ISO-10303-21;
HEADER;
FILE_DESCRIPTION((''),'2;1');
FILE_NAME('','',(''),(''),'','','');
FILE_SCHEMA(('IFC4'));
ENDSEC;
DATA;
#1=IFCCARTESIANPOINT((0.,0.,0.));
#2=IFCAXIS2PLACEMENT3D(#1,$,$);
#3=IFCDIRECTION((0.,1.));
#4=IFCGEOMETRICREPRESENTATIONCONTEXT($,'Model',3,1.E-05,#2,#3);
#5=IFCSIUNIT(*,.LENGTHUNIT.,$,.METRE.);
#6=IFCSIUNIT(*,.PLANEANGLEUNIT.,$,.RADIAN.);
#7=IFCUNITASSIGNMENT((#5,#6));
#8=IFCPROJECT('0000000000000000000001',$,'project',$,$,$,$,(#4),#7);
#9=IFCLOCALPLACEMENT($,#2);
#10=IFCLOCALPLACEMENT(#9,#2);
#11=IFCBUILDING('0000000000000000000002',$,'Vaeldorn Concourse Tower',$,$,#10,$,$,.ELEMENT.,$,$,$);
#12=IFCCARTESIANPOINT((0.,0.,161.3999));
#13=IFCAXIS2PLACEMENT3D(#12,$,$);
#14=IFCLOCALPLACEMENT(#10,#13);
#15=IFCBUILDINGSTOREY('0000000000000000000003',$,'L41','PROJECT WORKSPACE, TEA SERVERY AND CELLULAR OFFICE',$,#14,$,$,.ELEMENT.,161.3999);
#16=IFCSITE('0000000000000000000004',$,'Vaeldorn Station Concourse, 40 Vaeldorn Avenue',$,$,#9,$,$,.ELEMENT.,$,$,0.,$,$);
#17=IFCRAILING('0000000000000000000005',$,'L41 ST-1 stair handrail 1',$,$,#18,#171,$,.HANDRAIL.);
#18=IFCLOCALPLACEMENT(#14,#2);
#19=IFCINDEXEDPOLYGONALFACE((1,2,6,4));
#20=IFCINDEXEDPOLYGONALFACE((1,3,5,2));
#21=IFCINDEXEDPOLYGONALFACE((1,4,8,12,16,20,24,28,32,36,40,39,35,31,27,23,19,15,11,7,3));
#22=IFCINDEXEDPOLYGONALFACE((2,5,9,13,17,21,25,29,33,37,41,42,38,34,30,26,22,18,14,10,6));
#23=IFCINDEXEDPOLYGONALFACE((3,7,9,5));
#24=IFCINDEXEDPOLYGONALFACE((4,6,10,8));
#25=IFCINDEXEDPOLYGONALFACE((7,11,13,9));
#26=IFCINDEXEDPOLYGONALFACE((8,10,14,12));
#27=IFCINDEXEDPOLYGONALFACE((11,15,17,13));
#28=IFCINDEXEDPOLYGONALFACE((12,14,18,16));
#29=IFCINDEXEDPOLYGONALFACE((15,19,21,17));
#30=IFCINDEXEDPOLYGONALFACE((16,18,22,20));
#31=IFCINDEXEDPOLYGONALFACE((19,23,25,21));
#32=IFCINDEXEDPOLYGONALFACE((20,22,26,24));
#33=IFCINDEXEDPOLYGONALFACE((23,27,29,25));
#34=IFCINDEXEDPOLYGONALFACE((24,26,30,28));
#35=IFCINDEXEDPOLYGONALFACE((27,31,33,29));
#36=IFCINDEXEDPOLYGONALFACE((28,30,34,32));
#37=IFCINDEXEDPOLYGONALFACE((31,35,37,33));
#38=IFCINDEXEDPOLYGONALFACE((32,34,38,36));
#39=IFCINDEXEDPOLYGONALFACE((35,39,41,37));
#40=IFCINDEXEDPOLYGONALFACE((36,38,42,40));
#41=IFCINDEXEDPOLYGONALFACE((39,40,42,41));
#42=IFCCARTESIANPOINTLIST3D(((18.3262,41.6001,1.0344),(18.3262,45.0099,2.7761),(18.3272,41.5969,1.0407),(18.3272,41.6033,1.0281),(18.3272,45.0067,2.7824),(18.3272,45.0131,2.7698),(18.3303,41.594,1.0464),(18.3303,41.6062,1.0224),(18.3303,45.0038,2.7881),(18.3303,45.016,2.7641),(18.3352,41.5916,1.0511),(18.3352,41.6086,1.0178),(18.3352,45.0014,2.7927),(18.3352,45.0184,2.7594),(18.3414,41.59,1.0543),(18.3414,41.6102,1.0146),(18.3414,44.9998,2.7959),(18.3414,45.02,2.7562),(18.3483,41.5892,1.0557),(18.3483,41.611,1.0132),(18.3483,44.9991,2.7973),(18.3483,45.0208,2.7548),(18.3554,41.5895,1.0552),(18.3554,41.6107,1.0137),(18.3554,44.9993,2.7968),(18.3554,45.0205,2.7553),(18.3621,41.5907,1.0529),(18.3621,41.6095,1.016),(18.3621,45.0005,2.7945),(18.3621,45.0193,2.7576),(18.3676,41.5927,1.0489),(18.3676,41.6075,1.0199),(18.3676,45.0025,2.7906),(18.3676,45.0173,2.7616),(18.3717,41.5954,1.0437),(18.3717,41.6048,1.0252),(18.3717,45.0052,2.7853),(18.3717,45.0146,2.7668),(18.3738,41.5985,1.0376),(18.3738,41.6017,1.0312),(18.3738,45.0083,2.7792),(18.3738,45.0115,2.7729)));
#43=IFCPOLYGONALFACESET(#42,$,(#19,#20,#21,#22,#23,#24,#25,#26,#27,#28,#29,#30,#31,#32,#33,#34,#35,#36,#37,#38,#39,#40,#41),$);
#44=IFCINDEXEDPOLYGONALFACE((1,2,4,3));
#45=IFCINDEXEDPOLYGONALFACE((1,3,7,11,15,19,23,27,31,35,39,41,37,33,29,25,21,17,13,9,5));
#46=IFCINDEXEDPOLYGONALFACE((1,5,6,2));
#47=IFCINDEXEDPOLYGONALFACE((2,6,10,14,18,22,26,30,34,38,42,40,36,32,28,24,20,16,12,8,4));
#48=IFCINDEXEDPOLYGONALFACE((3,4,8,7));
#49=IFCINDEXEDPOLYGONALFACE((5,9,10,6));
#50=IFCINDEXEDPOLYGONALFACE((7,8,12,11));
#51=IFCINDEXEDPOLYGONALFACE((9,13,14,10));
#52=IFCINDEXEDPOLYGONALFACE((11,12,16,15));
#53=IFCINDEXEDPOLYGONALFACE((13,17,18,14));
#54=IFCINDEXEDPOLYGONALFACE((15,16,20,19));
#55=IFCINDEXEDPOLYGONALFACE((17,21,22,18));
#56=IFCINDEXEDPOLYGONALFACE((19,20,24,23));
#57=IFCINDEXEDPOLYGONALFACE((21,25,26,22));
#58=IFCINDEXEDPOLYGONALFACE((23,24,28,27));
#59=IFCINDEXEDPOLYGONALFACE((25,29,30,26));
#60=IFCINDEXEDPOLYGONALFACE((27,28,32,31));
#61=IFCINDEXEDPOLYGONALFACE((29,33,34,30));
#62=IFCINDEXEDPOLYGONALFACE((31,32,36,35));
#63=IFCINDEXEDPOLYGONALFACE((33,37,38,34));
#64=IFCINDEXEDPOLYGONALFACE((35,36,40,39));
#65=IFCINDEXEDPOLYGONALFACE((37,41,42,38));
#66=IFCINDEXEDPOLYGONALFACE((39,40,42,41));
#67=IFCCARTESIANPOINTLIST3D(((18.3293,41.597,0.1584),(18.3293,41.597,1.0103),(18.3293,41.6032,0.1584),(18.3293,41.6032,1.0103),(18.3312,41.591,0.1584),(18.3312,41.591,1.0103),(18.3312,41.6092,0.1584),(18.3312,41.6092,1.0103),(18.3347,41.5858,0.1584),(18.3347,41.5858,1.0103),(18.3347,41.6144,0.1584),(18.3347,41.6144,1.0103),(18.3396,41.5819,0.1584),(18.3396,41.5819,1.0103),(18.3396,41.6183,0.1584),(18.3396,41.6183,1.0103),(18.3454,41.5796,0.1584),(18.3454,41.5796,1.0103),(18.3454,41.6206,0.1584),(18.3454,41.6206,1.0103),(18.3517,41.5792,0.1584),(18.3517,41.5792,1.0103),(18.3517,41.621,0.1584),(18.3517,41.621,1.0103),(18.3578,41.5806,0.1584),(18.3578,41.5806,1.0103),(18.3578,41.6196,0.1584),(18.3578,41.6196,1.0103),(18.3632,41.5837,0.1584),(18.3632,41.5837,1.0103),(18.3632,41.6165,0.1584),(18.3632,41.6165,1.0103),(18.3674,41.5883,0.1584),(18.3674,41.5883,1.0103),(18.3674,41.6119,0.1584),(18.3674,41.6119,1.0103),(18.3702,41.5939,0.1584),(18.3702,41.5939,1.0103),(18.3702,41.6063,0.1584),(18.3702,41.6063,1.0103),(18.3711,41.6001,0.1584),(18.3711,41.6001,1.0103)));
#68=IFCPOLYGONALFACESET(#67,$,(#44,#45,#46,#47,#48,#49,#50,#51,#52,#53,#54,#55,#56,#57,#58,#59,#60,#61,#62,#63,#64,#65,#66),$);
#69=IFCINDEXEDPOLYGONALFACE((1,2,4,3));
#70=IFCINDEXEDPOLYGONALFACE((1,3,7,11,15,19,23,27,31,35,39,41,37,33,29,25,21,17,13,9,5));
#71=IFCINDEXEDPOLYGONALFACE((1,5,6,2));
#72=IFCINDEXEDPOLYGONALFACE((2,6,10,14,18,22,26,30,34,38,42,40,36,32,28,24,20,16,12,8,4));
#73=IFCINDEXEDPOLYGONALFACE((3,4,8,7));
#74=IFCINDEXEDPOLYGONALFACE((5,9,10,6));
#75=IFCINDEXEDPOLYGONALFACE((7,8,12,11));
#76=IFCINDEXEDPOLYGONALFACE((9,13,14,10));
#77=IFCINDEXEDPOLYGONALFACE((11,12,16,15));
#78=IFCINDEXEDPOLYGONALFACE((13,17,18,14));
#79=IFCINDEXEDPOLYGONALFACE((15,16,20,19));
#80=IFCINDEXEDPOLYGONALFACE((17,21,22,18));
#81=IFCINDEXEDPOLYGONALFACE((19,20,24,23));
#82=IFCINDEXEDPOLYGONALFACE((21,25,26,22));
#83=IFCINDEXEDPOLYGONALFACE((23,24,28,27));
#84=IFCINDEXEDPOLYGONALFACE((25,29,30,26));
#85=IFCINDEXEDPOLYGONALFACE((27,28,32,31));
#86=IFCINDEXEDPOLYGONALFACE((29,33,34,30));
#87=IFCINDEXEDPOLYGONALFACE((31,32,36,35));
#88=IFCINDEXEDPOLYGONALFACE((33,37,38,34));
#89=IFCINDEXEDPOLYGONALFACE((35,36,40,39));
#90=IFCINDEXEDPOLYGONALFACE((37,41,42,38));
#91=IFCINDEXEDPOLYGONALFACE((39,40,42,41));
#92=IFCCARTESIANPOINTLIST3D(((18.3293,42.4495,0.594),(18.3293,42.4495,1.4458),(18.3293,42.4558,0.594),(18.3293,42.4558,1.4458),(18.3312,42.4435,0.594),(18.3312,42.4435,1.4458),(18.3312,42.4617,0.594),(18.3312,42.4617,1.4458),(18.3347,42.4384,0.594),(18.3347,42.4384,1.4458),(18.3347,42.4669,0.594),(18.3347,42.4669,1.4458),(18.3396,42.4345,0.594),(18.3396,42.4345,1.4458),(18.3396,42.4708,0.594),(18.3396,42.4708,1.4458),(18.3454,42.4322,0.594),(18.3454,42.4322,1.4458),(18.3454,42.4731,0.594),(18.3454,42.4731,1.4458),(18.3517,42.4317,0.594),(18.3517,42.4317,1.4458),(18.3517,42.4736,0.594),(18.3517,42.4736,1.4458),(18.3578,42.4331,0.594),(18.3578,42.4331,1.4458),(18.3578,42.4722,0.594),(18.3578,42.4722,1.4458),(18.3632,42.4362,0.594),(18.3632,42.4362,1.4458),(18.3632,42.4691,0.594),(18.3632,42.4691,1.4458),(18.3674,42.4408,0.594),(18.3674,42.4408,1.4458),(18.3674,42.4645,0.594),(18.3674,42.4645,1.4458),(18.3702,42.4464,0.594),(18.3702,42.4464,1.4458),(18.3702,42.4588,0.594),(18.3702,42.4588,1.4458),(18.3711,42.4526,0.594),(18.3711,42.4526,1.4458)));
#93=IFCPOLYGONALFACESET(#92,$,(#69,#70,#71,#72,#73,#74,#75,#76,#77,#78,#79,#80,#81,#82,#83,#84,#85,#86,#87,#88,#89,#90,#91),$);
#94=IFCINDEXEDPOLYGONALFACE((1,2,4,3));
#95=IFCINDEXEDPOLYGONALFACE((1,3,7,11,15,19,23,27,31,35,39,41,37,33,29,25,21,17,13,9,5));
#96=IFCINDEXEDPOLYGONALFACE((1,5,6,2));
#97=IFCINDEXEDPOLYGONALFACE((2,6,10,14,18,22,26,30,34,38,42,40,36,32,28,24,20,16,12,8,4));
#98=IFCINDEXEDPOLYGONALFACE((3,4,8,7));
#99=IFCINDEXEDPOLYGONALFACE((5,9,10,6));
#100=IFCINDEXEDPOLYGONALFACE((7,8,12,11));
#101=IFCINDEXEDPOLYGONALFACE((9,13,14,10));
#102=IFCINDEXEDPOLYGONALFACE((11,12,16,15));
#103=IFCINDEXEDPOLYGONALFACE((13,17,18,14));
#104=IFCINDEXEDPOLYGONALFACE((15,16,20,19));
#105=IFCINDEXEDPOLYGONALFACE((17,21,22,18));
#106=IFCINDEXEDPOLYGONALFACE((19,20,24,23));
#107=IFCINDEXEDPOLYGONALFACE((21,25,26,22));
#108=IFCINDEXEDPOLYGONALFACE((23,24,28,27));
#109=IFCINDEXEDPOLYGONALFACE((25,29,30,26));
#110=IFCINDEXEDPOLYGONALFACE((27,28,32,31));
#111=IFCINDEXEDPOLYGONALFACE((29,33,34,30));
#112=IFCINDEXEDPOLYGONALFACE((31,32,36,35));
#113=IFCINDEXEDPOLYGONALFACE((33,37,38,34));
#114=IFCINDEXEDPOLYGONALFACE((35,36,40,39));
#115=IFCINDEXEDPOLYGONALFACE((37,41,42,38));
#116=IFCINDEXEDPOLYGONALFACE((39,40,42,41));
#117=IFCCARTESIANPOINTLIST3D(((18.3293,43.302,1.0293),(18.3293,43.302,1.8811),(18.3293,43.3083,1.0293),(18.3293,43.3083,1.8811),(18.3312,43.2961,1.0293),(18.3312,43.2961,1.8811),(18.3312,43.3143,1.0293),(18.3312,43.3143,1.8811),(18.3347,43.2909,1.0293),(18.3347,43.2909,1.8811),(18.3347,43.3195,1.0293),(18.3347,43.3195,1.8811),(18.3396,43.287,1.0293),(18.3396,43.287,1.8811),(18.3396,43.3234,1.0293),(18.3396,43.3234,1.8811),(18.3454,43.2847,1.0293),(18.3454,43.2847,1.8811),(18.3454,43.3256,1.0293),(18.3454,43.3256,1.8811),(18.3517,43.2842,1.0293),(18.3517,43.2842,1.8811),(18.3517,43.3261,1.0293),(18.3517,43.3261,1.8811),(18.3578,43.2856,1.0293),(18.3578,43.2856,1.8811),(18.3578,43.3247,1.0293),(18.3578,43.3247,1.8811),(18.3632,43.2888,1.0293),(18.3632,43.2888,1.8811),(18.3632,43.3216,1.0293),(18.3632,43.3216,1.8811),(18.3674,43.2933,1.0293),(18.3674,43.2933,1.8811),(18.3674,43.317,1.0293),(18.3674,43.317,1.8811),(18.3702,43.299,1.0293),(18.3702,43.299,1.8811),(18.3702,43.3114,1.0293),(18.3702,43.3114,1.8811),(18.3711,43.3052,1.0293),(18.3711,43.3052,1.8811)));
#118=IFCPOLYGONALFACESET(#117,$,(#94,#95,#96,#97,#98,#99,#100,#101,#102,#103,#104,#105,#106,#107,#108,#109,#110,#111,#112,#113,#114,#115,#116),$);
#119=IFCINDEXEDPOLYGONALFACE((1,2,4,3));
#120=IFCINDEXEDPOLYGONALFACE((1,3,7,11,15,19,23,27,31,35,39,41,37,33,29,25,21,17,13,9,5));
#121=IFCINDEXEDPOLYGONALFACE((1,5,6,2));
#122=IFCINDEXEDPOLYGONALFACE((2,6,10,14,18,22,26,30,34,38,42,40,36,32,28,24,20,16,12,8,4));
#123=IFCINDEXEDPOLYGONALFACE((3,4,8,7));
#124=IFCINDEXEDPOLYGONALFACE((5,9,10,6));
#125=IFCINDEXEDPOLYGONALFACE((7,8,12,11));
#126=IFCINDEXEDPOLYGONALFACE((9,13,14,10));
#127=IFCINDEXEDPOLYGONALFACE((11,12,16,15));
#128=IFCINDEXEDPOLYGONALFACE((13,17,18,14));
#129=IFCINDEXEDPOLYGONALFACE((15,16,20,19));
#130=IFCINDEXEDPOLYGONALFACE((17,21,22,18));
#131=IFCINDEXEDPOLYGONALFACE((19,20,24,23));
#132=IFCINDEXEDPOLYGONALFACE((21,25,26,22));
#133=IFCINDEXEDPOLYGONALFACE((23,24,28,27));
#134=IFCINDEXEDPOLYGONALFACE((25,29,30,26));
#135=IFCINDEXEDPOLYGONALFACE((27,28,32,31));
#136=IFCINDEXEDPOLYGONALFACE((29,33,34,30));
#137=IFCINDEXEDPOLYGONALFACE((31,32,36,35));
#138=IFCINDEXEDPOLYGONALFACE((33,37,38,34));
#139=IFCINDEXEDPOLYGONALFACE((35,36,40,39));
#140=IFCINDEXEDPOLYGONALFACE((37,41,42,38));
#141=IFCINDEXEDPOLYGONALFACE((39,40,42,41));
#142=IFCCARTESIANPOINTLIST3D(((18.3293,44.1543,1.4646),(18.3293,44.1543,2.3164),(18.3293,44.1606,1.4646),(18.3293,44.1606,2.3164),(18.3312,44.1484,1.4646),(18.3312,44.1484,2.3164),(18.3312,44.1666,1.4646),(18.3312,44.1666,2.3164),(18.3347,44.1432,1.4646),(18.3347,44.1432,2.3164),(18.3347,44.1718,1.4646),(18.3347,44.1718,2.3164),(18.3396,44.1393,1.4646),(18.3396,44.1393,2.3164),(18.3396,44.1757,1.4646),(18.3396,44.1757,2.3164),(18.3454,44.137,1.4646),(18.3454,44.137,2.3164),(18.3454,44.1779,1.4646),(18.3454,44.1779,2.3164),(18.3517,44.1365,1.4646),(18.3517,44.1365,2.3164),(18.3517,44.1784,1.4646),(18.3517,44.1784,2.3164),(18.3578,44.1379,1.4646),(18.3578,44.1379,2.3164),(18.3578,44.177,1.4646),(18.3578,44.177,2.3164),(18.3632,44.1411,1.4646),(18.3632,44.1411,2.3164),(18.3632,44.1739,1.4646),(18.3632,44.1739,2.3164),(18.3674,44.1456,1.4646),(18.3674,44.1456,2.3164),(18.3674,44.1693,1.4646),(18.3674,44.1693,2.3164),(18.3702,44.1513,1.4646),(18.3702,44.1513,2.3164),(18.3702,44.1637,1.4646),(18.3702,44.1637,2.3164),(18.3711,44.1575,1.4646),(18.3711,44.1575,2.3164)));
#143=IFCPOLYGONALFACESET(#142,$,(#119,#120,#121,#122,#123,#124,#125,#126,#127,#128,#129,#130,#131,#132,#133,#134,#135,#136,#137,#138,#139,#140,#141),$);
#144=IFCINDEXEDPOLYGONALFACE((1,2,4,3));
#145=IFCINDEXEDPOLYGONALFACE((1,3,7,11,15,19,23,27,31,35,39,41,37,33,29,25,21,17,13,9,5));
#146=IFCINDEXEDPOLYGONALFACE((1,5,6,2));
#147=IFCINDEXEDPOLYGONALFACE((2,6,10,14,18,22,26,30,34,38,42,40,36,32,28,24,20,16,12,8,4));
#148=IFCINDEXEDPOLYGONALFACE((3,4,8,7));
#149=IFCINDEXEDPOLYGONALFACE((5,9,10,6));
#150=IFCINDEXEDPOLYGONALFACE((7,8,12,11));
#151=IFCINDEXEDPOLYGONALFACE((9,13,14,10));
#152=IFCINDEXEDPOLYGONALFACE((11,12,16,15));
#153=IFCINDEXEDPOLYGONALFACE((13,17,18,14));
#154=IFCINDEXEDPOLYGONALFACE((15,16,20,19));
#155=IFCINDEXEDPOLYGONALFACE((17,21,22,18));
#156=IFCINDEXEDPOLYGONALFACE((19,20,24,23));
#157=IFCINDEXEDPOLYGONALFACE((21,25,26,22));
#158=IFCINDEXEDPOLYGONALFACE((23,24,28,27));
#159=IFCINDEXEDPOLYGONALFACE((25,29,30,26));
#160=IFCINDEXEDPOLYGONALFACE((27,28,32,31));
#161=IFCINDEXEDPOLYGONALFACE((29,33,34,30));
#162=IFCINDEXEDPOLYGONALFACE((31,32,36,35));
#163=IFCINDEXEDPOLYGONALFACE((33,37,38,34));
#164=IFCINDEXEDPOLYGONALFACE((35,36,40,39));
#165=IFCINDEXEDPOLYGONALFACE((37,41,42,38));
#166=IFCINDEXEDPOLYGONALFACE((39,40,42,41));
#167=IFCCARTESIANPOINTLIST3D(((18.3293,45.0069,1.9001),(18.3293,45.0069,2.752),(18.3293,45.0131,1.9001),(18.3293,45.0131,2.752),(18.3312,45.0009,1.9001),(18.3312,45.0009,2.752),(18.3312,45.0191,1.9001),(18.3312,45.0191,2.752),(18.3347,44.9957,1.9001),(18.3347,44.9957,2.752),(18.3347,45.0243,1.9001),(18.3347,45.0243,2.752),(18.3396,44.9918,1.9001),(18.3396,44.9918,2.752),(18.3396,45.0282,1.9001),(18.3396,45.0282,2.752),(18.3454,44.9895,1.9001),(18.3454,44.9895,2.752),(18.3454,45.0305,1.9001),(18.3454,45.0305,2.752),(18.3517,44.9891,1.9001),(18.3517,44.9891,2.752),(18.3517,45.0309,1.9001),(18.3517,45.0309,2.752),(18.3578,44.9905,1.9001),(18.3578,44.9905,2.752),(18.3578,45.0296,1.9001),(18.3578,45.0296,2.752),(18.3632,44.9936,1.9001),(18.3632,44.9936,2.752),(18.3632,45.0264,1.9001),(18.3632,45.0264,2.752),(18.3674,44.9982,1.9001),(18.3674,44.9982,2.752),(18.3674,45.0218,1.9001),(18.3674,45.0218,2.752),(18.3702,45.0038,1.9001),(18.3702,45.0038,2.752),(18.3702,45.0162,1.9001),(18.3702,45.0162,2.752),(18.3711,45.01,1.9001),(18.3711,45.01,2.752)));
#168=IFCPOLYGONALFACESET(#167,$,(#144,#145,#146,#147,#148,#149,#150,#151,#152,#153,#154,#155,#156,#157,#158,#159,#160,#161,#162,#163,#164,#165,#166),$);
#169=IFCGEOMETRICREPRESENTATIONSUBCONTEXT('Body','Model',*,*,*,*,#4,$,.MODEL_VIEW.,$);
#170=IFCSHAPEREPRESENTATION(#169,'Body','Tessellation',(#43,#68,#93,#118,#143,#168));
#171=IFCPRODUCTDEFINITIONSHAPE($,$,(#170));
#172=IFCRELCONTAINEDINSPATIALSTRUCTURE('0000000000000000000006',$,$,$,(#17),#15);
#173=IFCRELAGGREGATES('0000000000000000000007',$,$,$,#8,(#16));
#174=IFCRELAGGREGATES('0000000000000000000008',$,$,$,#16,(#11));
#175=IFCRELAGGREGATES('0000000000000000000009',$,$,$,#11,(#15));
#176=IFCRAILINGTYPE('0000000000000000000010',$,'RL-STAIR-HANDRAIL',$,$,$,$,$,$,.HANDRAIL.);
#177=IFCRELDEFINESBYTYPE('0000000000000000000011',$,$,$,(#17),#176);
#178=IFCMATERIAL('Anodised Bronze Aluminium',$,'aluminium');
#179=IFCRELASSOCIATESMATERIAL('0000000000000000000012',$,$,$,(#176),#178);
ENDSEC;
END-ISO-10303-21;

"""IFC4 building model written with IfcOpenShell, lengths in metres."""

from ifc_helpers import new_model, si_unit, direction, frame, origin, origin_2d, place, context, subcontext, project, spatial, circle, extrude, material, type_object, element, save


model = new_model("IFC4")

# Units and contexts
model_context = context("Model", 3, precision=1e-05, world=origin(), true_north=direction((0.0, 1.0)))
body_context = subcontext(model_context, "Body", "Model", "MODEL_VIEW")
ifc_project = project(units=[si_unit("LENGTHUNIT", "METRE"), si_unit("PLANEANGLEUNIT", "RADIAN")], contexts=[model_context])

# Site, building, storey
site_placement = place(None, origin())
site = spatial("IfcSite", under=ifc_project, at=site_placement, Name="Vaeldorn Station Concourse, 40 Vaeldorn Avenue", CompositionType="ELEMENT", RefElevation=0.0)
building_placement = place(site_placement, origin())
building = spatial("IfcBuilding", under=site, at=building_placement, Name="Vaeldorn Concourse Tower", CompositionType="ELEMENT")
storey_placement = place(building_placement, frame((0.0, 0.0, 161.3999)))
storey = spatial("IfcBuildingStorey", under=building, at=storey_placement, Name="L41", Description="PROJECT WORKSPACE, TEA SERVERY AND CELLULAR OFFICE", CompositionType="ELEMENT", Elevation=161.3999)

# Shared definitions
ifc_material_1 = material(Name="Anodised Bronze Aluminium", Category="aluminium")

# Railing
railing_type_1 = type_object("IfcRailingType", Name="RL-STAIR-HANDRAIL", PredefinedType="HANDRAIL", material=ifc_material_1)
railing_1_placement = place(storey_placement, frame((18.3501, 41.6001, 0.1584)))
element("IfcRailing", 1, at=railing_1_placement, inside=storey, type_object=railing_type_1, Name="L41 ST-1 stair handrail 1", PredefinedType="HANDRAIL", context=body_context, shape_type="SweptSolid", body=[
    extrude(circle(Radius=0.0239, at=origin_2d()), frame((0.0, 0.0, 0.876), z_axis=(0.0, 0.890556, 0.454874), x_axis=(-1.0, 0.0, 0.0)), (0.0, 0.0, 1.0), 3.8289),
    extrude(circle(Radius=0.021, at=origin_2d()), origin(), (0.0, 0.0, 1.0), 0.8518),
    extrude(circle(Radius=0.021, at=origin_2d()), frame((0.0, 0.8525, 0.4355)), (0.0, 0.0, 1.0), 0.8518),
    extrude(circle(Radius=0.021, at=origin_2d()), frame((0.0, 1.7051, 0.8708)), (0.0, 0.0, 1.0), 0.8518),
    extrude(circle(Radius=0.021, at=origin_2d()), frame((0.0, 2.5574, 1.3062)), (0.0, 0.0, 1.0), 0.8518),
    extrude(circle(Radius=0.021, at=origin_2d()), frame((0.0, 3.4099, 1.7417)), (0.0, 0.0, 1.0), 0.8518),
])

save(model, "model.ifc")
